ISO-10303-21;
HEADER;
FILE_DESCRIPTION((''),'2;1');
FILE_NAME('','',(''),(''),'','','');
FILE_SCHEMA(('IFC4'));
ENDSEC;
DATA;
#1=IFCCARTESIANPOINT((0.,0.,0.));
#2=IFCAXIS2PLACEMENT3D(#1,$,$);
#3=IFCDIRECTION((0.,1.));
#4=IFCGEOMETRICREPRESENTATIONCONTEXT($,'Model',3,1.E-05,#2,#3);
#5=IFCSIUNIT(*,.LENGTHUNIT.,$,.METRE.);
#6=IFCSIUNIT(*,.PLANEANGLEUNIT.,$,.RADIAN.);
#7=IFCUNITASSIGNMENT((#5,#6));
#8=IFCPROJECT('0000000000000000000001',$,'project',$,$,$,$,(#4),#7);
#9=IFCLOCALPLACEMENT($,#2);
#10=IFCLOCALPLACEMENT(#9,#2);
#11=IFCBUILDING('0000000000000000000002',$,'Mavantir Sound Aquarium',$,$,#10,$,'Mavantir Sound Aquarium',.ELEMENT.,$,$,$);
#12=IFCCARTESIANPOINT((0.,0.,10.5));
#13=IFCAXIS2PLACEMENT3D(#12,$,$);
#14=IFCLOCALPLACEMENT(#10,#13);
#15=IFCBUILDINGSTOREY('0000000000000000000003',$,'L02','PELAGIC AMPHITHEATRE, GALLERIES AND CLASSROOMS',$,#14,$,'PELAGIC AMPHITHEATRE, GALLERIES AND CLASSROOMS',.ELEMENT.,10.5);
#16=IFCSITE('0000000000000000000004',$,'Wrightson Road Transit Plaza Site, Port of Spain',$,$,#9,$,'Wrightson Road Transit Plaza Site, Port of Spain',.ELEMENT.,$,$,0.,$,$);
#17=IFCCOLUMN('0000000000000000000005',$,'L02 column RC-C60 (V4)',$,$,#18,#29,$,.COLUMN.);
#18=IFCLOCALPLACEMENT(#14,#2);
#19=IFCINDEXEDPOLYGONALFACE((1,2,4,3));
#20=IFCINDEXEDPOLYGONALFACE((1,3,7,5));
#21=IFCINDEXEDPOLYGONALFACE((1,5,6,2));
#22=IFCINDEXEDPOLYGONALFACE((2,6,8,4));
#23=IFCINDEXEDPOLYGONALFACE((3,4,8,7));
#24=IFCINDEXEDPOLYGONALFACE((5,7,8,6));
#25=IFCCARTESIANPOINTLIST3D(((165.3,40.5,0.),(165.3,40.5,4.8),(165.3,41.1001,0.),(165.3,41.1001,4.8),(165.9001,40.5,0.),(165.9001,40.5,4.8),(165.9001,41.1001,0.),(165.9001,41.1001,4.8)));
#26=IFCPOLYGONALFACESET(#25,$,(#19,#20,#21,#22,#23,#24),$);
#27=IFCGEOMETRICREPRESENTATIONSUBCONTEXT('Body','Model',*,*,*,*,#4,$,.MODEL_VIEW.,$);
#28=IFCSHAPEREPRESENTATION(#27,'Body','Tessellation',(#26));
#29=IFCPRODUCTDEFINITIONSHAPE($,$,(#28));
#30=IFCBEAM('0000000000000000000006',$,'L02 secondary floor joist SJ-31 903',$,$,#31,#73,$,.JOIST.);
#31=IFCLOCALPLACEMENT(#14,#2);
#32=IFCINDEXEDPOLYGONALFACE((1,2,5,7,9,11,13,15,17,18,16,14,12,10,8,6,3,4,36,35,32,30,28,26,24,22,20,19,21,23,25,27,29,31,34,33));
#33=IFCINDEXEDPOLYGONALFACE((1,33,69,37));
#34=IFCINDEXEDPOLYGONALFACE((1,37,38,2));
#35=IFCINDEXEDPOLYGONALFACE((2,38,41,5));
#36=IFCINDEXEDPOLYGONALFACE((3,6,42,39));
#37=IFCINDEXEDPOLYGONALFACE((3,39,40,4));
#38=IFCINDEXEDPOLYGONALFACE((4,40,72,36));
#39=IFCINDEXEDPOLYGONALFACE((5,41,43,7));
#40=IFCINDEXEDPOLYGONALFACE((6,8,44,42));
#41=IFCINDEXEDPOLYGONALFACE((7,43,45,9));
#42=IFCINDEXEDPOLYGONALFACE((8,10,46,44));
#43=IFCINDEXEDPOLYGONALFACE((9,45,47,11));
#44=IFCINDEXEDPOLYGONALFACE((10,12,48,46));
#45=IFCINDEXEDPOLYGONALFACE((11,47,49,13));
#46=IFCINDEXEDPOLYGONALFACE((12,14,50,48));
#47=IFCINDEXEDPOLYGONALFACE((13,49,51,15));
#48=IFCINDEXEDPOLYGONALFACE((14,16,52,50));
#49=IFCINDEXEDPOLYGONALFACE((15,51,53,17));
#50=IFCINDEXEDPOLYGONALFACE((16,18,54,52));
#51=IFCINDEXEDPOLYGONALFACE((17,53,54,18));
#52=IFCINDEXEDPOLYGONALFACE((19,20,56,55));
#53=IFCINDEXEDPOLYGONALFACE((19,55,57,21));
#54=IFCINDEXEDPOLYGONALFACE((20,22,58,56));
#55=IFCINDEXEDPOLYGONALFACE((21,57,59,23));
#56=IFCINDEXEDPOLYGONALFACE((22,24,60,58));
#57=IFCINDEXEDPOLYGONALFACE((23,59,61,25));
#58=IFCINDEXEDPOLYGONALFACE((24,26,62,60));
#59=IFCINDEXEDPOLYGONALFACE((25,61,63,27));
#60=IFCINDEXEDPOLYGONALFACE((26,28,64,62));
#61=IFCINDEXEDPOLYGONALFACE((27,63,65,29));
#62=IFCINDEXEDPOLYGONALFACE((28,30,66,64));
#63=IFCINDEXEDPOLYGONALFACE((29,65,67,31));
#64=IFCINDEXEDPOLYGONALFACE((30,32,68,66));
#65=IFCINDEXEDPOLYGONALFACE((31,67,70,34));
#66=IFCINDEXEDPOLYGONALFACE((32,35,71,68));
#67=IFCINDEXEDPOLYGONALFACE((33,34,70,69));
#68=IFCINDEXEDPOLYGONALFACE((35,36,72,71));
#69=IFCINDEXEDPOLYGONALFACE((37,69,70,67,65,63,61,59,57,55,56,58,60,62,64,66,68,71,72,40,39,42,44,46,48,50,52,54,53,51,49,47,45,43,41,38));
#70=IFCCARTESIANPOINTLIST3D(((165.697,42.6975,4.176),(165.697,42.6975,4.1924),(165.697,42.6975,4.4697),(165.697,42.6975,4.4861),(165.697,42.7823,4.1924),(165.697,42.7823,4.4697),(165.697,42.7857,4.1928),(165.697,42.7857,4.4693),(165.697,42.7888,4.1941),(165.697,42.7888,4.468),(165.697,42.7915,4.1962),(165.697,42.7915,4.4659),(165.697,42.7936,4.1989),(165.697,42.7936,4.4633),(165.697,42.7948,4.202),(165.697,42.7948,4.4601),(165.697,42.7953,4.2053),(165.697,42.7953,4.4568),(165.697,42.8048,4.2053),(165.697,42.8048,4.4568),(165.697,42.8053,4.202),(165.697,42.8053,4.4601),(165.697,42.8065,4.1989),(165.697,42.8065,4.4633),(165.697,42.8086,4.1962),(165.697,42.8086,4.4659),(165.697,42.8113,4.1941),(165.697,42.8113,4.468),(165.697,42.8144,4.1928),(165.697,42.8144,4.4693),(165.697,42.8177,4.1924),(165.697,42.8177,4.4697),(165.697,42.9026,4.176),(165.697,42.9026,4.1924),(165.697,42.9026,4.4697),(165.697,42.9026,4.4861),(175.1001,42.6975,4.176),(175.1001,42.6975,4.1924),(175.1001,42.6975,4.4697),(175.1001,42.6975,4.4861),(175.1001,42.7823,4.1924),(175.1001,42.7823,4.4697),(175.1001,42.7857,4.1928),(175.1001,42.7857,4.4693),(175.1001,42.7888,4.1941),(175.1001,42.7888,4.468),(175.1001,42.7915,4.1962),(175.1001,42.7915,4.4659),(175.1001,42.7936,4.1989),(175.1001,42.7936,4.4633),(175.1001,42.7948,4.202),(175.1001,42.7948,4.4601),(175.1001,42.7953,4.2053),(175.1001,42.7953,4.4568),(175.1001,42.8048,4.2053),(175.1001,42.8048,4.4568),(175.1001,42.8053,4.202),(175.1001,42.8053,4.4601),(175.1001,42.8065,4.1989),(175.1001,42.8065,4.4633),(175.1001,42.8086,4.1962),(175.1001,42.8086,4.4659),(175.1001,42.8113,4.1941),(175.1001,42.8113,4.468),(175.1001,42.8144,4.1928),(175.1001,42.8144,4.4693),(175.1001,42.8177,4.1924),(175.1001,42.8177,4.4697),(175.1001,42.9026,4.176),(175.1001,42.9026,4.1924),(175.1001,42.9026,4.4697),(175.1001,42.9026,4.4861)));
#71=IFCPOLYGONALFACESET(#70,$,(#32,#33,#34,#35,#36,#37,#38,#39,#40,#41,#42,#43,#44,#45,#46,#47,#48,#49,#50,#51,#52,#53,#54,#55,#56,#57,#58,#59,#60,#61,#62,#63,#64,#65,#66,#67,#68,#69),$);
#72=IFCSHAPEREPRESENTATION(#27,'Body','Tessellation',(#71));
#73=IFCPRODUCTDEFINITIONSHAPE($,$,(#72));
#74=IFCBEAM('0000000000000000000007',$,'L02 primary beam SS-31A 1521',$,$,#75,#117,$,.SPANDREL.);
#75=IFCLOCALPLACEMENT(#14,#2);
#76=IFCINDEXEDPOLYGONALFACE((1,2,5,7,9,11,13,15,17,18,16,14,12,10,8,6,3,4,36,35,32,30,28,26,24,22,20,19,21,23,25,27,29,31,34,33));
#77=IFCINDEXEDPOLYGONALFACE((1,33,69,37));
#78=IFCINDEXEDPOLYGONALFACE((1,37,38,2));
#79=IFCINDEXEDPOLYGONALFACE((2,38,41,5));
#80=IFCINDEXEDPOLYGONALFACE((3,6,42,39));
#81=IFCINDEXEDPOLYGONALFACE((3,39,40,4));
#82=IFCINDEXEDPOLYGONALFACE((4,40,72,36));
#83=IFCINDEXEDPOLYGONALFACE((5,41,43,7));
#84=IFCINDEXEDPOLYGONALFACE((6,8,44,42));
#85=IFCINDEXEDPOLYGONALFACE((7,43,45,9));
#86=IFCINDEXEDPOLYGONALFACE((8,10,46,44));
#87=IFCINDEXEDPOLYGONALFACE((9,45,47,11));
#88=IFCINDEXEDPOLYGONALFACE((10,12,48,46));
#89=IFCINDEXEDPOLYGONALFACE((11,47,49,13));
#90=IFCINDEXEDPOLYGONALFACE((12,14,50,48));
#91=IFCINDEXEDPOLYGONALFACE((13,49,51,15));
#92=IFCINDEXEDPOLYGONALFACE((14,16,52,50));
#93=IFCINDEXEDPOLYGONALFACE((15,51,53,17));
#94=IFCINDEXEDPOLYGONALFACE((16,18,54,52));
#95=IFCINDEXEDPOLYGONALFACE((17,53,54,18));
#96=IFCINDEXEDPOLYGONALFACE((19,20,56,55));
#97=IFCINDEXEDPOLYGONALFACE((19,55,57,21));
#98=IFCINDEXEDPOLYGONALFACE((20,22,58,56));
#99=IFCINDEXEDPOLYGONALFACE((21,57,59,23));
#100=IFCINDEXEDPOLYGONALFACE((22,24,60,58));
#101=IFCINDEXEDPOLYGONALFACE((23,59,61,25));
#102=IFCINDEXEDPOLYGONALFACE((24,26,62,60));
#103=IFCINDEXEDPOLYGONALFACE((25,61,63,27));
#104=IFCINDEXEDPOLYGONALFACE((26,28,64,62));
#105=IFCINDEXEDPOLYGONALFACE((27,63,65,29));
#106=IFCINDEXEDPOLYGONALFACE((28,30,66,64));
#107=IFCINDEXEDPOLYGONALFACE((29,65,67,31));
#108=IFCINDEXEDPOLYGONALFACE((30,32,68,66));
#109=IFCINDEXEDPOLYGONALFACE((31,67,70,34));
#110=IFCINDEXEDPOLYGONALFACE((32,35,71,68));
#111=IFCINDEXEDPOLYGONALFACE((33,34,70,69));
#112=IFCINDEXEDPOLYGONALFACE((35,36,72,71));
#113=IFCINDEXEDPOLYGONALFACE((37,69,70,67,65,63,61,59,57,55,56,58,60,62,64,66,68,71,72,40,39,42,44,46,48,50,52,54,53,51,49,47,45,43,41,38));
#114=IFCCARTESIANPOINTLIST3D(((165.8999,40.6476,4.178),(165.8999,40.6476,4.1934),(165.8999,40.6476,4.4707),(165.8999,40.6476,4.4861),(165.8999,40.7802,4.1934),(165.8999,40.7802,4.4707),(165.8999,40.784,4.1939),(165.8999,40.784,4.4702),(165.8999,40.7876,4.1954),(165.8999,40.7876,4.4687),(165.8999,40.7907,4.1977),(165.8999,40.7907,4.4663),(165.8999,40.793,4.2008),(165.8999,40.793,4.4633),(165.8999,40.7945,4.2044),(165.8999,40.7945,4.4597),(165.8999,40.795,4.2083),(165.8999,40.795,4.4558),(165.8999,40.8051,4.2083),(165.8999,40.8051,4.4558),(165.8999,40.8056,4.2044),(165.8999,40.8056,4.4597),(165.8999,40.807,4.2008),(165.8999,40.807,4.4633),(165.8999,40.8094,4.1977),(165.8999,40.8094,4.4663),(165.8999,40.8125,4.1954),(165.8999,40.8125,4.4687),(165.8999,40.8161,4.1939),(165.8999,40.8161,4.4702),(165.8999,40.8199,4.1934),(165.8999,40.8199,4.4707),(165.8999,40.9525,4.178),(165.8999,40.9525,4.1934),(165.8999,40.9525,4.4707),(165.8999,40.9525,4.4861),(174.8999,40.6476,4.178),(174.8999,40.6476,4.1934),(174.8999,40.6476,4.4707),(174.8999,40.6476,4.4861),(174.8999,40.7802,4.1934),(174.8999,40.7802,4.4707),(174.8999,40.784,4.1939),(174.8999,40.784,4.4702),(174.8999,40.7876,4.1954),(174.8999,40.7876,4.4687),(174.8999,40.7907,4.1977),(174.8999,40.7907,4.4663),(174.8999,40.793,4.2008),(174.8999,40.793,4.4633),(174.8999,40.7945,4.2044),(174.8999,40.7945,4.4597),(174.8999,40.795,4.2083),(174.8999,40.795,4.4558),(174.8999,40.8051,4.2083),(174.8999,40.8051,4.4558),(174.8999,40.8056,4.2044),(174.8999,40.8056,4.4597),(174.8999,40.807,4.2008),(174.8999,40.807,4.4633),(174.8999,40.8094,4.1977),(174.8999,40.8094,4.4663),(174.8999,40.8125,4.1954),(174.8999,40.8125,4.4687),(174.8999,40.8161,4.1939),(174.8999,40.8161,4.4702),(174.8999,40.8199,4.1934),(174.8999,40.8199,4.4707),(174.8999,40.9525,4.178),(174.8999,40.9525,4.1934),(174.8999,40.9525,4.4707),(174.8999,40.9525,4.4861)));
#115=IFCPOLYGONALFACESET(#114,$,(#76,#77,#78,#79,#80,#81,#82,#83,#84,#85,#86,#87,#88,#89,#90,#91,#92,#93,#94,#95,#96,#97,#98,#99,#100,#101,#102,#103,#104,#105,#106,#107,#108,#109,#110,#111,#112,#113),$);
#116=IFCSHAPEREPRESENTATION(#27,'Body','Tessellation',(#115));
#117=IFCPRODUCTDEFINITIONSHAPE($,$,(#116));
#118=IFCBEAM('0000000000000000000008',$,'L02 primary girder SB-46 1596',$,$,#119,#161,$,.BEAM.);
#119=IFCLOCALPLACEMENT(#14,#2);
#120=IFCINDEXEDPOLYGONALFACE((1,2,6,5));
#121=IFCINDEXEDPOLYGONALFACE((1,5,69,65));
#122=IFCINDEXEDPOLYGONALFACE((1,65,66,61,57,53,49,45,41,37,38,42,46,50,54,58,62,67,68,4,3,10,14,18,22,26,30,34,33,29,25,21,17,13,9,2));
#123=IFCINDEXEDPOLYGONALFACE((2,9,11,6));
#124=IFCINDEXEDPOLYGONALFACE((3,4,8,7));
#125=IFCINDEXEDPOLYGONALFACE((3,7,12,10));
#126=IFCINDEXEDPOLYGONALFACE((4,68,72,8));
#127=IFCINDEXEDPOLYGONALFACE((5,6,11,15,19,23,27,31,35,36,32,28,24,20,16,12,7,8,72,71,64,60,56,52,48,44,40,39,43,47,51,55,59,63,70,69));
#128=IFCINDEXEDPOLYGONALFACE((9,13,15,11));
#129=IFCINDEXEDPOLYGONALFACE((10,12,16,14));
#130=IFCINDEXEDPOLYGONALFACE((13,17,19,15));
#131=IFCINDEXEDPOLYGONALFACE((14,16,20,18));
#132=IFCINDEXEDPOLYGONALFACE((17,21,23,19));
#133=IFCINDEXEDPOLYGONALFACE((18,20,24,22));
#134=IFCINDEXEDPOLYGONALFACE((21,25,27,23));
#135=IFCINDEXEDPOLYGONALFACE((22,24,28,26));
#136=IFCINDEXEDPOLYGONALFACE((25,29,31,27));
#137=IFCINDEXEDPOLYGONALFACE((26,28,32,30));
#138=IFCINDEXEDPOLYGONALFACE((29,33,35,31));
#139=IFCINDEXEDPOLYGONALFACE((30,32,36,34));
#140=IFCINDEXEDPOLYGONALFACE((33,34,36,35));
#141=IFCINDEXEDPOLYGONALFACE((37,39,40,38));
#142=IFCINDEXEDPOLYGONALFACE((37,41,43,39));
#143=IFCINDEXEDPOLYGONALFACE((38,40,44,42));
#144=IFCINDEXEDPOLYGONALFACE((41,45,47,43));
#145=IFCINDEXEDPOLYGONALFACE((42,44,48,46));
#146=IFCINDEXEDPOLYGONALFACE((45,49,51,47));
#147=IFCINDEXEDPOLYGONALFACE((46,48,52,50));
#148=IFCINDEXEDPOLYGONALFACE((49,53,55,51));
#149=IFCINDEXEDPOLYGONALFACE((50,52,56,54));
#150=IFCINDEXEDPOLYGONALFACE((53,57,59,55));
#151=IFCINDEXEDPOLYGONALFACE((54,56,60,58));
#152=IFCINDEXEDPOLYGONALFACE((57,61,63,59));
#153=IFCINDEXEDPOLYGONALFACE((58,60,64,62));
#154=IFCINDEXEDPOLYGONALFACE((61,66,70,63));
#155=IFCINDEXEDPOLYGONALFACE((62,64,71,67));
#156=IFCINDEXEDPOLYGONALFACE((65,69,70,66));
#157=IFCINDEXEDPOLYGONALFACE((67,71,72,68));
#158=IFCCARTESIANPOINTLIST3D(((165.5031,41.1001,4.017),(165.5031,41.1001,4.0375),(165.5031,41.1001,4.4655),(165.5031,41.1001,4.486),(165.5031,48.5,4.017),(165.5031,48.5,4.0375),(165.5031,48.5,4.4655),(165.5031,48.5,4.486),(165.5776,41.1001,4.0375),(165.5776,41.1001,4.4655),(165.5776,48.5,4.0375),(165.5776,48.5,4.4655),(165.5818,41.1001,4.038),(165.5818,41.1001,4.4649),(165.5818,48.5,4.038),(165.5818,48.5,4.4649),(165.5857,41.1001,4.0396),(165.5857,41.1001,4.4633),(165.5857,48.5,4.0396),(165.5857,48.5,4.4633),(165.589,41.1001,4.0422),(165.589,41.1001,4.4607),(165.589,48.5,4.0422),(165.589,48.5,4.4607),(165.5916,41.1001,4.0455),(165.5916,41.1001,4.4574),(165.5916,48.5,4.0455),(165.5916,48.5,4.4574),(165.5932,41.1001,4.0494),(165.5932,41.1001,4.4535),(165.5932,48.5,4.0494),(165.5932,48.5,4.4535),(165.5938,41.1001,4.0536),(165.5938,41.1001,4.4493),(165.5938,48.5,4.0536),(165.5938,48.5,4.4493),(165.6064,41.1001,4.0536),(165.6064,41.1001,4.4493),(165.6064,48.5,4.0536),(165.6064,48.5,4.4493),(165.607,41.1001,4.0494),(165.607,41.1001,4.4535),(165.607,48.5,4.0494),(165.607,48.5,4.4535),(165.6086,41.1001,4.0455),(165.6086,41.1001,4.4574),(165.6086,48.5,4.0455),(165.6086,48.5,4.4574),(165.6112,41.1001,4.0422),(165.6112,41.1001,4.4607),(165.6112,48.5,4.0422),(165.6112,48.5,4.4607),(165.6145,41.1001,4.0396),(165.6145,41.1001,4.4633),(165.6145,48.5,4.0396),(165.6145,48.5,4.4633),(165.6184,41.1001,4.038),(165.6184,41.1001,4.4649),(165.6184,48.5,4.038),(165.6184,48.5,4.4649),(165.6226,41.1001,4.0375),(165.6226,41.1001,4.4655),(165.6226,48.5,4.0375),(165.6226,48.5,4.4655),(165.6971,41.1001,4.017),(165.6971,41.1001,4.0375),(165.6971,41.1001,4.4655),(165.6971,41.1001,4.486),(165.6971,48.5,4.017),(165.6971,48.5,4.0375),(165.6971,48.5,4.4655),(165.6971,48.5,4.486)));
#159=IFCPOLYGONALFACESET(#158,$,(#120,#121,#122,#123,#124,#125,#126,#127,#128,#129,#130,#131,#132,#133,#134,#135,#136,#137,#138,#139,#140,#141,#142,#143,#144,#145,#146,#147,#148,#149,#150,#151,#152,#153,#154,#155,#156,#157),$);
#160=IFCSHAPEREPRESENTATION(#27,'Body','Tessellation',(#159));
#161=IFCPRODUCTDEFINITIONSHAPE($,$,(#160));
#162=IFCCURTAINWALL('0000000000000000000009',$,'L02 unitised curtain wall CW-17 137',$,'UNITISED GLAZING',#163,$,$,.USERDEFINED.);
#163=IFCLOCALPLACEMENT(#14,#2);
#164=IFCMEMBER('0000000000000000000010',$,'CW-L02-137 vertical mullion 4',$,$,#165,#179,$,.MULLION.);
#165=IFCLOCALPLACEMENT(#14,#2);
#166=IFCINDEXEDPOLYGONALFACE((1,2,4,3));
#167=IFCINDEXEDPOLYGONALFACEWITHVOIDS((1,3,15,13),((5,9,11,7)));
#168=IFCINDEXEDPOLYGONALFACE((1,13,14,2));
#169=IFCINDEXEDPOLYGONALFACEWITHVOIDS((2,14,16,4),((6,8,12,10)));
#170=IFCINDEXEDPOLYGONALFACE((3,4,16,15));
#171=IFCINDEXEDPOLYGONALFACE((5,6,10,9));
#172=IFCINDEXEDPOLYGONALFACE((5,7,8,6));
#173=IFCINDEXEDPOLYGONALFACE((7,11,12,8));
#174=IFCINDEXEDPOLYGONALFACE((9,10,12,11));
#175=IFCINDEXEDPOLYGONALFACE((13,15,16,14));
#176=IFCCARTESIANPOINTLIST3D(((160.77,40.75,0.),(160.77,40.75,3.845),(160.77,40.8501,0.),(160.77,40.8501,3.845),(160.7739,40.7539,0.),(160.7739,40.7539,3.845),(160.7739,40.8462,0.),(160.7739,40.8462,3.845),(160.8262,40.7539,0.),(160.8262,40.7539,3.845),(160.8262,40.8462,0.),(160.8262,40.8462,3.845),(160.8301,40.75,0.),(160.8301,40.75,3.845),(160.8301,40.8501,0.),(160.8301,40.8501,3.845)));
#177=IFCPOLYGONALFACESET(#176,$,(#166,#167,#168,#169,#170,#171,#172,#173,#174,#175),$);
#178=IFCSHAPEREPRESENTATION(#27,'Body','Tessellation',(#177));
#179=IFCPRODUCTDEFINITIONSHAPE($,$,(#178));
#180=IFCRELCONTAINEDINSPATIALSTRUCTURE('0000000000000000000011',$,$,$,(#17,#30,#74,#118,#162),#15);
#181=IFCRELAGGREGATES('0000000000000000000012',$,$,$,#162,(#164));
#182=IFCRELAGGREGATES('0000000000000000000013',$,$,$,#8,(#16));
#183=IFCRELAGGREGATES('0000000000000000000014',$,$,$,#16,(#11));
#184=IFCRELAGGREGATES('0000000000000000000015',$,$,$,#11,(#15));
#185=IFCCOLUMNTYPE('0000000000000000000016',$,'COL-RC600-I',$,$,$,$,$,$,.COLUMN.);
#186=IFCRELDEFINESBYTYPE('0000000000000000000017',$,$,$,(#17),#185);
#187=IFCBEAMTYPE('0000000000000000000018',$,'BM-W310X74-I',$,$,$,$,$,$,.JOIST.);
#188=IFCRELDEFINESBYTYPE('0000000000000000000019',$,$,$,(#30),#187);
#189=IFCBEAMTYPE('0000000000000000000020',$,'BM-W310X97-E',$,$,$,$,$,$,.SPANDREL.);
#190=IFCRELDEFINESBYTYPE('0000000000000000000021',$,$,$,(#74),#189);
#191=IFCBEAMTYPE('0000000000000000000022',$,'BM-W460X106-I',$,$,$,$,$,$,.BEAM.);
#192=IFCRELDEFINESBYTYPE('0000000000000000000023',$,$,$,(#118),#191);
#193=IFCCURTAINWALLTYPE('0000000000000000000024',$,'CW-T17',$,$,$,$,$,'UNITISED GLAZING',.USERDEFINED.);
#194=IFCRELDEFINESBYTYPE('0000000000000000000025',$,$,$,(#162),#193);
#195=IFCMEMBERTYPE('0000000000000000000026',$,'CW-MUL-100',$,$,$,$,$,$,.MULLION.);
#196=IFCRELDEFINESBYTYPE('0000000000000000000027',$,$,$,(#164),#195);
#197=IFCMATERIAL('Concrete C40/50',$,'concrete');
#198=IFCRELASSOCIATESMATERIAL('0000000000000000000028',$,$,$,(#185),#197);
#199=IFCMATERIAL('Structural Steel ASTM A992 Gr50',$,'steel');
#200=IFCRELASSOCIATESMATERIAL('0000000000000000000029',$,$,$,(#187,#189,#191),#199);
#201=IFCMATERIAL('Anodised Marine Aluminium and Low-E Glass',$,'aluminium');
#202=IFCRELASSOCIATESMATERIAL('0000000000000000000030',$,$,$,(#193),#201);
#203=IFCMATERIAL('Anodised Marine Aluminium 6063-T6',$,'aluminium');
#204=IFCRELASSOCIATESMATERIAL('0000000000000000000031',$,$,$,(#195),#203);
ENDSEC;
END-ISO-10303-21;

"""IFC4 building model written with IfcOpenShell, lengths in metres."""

from ifc_helpers import new_model, si_unit, direction, frame, origin, origin_2d, place, context, subcontext, project, spatial, rectangle, hollow_rectangle, i_section, extrude, material, material_profile, profile_set, type_object, element, aggregate, save


model = new_model("IFC4")

# Units and contexts
model_context = context("Model", 3, precision=1e-05, world=origin(), true_north=direction((0.0, 1.0)))
body_context = subcontext(model_context, "Body", "Model", "MODEL_VIEW")
ifc_project = project(units=[si_unit("LENGTHUNIT", "METRE"), si_unit("PLANEANGLEUNIT", "RADIAN")], contexts=[model_context])

# Site, building, storey
site_placement = place(None, origin())
site = spatial("IfcSite", under=ifc_project, at=site_placement, Name="Wrightson Road Transit Plaza Site, Port of Spain", LongName="Wrightson Road Transit Plaza Site, Port of Spain", CompositionType="ELEMENT", RefElevation=0.0)
building_placement = place(site_placement, origin())
building = spatial("IfcBuilding", under=site, at=building_placement, Name="Mavantir Sound Aquarium", LongName="Mavantir Sound Aquarium", CompositionType="ELEMENT")
storey_placement = place(building_placement, frame((0.0, 0.0, 10.5)))
storey = spatial("IfcBuildingStorey", under=building, at=storey_placement, Name="L02", Description="PELAGIC AMPHITHEATRE, GALLERIES AND CLASSROOMS", LongName="PELAGIC AMPHITHEATRE, GALLERIES AND CLASSROOMS", CompositionType="ELEMENT", Elevation=10.5)

# Column
ifc_material_1 = material(Name="Concrete C40/50", Category="concrete")
ifc_material_profile_1 = material_profile(ifc_material_1, rectangle(XDim=0.6001, YDim=0.6001, at=origin_2d()), Name="RC 600X600")
ifc_profile_set_1 = profile_set([ifc_material_profile_1], Name="Concrete C40/50")
column_type = type_object("IfcColumnType", Name="COL-RC600-I", PredefinedType="COLUMN", material=ifc_profile_set_1)
column_placement = place(storey_placement, frame((165.6001, 40.8, 0.0), z_axis=(0.0, 0.0, 1.0), x_axis=(1.0, 0.0, 0.0)))
element("IfcColumn", 1, at=column_placement, inside=storey, type_object=column_type, Name="L02 column RC-C60 (V4)", PredefinedType="COLUMN", context=body_context, shape_type="SweptSolid", body=[
    extrude(rectangle(XDim=0.6001, YDim=0.6001, at=origin_2d()), origin(), (0.0, 0.0, 1.0), 4.8),
])

# Beams
ifc_material_2 = material(Name="Structural Steel ASTM A992 Gr50", Category="steel")
ifc_material_profile_2 = material_profile(ifc_material_2, i_section(OverallWidth=0.2051, OverallDepth=0.3101, WebThickness=0.0095, FlangeThickness=0.0164, FilletRadius=0.0129, at=origin_2d()), Name="W310X74")
ifc_profile_set_2 = profile_set([ifc_material_profile_2], Name="Structural Steel ASTM A992 Gr50")
beam_type_1 = type_object("IfcBeamType", Name="BM-W310X74-I", PredefinedType="JOIST", material=ifc_profile_set_2)
beam_1_placement = place(storey_placement, frame((165.697, 42.8, 4.3311), z_axis=(1.0, 0.0, 0.0), x_axis=(0.0, 1.0, 0.0)))
element("IfcBeam", 2, at=beam_1_placement, inside=storey, type_object=beam_type_1, Name="L02 secondary floor joist SJ-31 903", PredefinedType="JOIST", context=body_context, shape_type="SweptSolid", body=[
    extrude(i_section(OverallWidth=0.2051, OverallDepth=0.3101, WebThickness=0.0095, FlangeThickness=0.0164, FilletRadius=0.0129, at=origin_2d()), origin(), (0.0, 0.0, 1.0), 9.4031),
])
ifc_material_profile_3 = material_profile(ifc_material_2, i_section(OverallWidth=0.3049, OverallDepth=0.3081, WebThickness=0.01, FlangeThickness=0.0154, FilletRadius=0.0149, at=origin_2d()), Name="W310X97")
ifc_profile_set_3 = profile_set([ifc_material_profile_3], Name="Structural Steel ASTM A992 Gr50")
beam_type_2 = type_object("IfcBeamType", Name="BM-W310X97-E", PredefinedType="SPANDREL", material=ifc_profile_set_3)
beam_2_placement = place(storey_placement, frame((165.8999, 40.8, 4.332), z_axis=(1.0, 0.0, 0.0), x_axis=(0.0, 1.0, 0.0)))
element("IfcBeam", 3, at=beam_2_placement, inside=storey, type_object=beam_type_2, Name="L02 primary beam SS-31A 1521", PredefinedType="SPANDREL", context=body_context, shape_type="SweptSolid", body=[
    extrude(i_section(OverallWidth=0.3049, OverallDepth=0.3081, WebThickness=0.01, FlangeThickness=0.0154, FilletRadius=0.0149, at=origin_2d()), origin(), (0.0, 0.0, 1.0), 9.0),
])
ifc_material_profile_4 = material_profile(ifc_material_2, i_section(OverallWidth=0.1941, OverallDepth=0.469, WebThickness=0.0127, FlangeThickness=0.0205, FilletRadius=0.0161, at=origin_2d()), Name="W460X106")
ifc_profile_set_4 = profile_set([ifc_material_profile_4], Name="Structural Steel ASTM A992 Gr50")
beam_type_3 = type_object("IfcBeamType", Name="BM-W460X106-I", PredefinedType="BEAM", material=ifc_profile_set_4)
beam_3_placement = place(storey_placement, frame((165.6001, 41.1001, 4.2515), z_axis=(0.0, 1.0, 0.0), x_axis=(-1.0, 0.0, 0.0)))
element("IfcBeam", 4, at=beam_3_placement, inside=storey, type_object=beam_type_3, Name="L02 primary girder SB-46 1596", PredefinedType="BEAM", context=body_context, shape_type="SweptSolid", body=[
    extrude(i_section(OverallWidth=0.1941, OverallDepth=0.469, WebThickness=0.0127, FlangeThickness=0.0205, FilletRadius=0.0161, at=origin_2d()), origin(), (0.0, 0.0, 1.0), 7.3999),
])

# Curtain wall, member
ifc_material_3 = material(Name="Anodised Marine Aluminium and Low-E Glass", Category="aluminium")
curtain_wall_type_1 = type_object("IfcCurtainWallType", Name="CW-T17", ElementType="UNITISED GLAZING", PredefinedType="USERDEFINED", material=ifc_material_3)
curtain_wall_1_placement = place(storey_placement, origin())
curtain_wall_1 = element("IfcCurtainWall", 5, at=curtain_wall_1_placement, inside=storey, type_object=curtain_wall_type_1, Name="L02 unitised curtain wall CW-17 137", ObjectType="UNITISED GLAZING", PredefinedType="USERDEFINED")
ifc_material_4 = material(Name="Anodised Marine Aluminium 6063-T6", Category="aluminium")
ifc_material_profile_5 = material_profile(ifc_material_4, hollow_rectangle(XDim=0.0601, YDim=0.1001, WallThickness=0.0039, at=origin_2d()), Name="ALU-MULLION-100X60")
ifc_profile_set_5 = profile_set([ifc_material_profile_5], Name="Anodised Marine Aluminium 6063-T6")
member_type_1 = type_object("IfcMemberType", Name="CW-MUL-100", PredefinedType="MULLION", material=ifc_profile_set_5)
member_1_placement = place(storey_placement, frame((160.8, 40.8, 0.0), z_axis=(0.0, 0.0, 1.0), x_axis=(1.0, 0.0, 0.0)))
member_1 = element("IfcMember", 6, at=member_1_placement, type_object=member_type_1, Name="CW-L02-137 vertical mullion 4", PredefinedType="MULLION", context=body_context, shape_type="SweptSolid", body=[
    extrude(hollow_rectangle(XDim=0.0601, YDim=0.1001, WallThickness=0.0039, at=origin_2d()), origin(), (0.0, 0.0, 1.0), 3.845),
])

aggregate(curtain_wall_1, [member_1])

save(model, "model.ifc")
